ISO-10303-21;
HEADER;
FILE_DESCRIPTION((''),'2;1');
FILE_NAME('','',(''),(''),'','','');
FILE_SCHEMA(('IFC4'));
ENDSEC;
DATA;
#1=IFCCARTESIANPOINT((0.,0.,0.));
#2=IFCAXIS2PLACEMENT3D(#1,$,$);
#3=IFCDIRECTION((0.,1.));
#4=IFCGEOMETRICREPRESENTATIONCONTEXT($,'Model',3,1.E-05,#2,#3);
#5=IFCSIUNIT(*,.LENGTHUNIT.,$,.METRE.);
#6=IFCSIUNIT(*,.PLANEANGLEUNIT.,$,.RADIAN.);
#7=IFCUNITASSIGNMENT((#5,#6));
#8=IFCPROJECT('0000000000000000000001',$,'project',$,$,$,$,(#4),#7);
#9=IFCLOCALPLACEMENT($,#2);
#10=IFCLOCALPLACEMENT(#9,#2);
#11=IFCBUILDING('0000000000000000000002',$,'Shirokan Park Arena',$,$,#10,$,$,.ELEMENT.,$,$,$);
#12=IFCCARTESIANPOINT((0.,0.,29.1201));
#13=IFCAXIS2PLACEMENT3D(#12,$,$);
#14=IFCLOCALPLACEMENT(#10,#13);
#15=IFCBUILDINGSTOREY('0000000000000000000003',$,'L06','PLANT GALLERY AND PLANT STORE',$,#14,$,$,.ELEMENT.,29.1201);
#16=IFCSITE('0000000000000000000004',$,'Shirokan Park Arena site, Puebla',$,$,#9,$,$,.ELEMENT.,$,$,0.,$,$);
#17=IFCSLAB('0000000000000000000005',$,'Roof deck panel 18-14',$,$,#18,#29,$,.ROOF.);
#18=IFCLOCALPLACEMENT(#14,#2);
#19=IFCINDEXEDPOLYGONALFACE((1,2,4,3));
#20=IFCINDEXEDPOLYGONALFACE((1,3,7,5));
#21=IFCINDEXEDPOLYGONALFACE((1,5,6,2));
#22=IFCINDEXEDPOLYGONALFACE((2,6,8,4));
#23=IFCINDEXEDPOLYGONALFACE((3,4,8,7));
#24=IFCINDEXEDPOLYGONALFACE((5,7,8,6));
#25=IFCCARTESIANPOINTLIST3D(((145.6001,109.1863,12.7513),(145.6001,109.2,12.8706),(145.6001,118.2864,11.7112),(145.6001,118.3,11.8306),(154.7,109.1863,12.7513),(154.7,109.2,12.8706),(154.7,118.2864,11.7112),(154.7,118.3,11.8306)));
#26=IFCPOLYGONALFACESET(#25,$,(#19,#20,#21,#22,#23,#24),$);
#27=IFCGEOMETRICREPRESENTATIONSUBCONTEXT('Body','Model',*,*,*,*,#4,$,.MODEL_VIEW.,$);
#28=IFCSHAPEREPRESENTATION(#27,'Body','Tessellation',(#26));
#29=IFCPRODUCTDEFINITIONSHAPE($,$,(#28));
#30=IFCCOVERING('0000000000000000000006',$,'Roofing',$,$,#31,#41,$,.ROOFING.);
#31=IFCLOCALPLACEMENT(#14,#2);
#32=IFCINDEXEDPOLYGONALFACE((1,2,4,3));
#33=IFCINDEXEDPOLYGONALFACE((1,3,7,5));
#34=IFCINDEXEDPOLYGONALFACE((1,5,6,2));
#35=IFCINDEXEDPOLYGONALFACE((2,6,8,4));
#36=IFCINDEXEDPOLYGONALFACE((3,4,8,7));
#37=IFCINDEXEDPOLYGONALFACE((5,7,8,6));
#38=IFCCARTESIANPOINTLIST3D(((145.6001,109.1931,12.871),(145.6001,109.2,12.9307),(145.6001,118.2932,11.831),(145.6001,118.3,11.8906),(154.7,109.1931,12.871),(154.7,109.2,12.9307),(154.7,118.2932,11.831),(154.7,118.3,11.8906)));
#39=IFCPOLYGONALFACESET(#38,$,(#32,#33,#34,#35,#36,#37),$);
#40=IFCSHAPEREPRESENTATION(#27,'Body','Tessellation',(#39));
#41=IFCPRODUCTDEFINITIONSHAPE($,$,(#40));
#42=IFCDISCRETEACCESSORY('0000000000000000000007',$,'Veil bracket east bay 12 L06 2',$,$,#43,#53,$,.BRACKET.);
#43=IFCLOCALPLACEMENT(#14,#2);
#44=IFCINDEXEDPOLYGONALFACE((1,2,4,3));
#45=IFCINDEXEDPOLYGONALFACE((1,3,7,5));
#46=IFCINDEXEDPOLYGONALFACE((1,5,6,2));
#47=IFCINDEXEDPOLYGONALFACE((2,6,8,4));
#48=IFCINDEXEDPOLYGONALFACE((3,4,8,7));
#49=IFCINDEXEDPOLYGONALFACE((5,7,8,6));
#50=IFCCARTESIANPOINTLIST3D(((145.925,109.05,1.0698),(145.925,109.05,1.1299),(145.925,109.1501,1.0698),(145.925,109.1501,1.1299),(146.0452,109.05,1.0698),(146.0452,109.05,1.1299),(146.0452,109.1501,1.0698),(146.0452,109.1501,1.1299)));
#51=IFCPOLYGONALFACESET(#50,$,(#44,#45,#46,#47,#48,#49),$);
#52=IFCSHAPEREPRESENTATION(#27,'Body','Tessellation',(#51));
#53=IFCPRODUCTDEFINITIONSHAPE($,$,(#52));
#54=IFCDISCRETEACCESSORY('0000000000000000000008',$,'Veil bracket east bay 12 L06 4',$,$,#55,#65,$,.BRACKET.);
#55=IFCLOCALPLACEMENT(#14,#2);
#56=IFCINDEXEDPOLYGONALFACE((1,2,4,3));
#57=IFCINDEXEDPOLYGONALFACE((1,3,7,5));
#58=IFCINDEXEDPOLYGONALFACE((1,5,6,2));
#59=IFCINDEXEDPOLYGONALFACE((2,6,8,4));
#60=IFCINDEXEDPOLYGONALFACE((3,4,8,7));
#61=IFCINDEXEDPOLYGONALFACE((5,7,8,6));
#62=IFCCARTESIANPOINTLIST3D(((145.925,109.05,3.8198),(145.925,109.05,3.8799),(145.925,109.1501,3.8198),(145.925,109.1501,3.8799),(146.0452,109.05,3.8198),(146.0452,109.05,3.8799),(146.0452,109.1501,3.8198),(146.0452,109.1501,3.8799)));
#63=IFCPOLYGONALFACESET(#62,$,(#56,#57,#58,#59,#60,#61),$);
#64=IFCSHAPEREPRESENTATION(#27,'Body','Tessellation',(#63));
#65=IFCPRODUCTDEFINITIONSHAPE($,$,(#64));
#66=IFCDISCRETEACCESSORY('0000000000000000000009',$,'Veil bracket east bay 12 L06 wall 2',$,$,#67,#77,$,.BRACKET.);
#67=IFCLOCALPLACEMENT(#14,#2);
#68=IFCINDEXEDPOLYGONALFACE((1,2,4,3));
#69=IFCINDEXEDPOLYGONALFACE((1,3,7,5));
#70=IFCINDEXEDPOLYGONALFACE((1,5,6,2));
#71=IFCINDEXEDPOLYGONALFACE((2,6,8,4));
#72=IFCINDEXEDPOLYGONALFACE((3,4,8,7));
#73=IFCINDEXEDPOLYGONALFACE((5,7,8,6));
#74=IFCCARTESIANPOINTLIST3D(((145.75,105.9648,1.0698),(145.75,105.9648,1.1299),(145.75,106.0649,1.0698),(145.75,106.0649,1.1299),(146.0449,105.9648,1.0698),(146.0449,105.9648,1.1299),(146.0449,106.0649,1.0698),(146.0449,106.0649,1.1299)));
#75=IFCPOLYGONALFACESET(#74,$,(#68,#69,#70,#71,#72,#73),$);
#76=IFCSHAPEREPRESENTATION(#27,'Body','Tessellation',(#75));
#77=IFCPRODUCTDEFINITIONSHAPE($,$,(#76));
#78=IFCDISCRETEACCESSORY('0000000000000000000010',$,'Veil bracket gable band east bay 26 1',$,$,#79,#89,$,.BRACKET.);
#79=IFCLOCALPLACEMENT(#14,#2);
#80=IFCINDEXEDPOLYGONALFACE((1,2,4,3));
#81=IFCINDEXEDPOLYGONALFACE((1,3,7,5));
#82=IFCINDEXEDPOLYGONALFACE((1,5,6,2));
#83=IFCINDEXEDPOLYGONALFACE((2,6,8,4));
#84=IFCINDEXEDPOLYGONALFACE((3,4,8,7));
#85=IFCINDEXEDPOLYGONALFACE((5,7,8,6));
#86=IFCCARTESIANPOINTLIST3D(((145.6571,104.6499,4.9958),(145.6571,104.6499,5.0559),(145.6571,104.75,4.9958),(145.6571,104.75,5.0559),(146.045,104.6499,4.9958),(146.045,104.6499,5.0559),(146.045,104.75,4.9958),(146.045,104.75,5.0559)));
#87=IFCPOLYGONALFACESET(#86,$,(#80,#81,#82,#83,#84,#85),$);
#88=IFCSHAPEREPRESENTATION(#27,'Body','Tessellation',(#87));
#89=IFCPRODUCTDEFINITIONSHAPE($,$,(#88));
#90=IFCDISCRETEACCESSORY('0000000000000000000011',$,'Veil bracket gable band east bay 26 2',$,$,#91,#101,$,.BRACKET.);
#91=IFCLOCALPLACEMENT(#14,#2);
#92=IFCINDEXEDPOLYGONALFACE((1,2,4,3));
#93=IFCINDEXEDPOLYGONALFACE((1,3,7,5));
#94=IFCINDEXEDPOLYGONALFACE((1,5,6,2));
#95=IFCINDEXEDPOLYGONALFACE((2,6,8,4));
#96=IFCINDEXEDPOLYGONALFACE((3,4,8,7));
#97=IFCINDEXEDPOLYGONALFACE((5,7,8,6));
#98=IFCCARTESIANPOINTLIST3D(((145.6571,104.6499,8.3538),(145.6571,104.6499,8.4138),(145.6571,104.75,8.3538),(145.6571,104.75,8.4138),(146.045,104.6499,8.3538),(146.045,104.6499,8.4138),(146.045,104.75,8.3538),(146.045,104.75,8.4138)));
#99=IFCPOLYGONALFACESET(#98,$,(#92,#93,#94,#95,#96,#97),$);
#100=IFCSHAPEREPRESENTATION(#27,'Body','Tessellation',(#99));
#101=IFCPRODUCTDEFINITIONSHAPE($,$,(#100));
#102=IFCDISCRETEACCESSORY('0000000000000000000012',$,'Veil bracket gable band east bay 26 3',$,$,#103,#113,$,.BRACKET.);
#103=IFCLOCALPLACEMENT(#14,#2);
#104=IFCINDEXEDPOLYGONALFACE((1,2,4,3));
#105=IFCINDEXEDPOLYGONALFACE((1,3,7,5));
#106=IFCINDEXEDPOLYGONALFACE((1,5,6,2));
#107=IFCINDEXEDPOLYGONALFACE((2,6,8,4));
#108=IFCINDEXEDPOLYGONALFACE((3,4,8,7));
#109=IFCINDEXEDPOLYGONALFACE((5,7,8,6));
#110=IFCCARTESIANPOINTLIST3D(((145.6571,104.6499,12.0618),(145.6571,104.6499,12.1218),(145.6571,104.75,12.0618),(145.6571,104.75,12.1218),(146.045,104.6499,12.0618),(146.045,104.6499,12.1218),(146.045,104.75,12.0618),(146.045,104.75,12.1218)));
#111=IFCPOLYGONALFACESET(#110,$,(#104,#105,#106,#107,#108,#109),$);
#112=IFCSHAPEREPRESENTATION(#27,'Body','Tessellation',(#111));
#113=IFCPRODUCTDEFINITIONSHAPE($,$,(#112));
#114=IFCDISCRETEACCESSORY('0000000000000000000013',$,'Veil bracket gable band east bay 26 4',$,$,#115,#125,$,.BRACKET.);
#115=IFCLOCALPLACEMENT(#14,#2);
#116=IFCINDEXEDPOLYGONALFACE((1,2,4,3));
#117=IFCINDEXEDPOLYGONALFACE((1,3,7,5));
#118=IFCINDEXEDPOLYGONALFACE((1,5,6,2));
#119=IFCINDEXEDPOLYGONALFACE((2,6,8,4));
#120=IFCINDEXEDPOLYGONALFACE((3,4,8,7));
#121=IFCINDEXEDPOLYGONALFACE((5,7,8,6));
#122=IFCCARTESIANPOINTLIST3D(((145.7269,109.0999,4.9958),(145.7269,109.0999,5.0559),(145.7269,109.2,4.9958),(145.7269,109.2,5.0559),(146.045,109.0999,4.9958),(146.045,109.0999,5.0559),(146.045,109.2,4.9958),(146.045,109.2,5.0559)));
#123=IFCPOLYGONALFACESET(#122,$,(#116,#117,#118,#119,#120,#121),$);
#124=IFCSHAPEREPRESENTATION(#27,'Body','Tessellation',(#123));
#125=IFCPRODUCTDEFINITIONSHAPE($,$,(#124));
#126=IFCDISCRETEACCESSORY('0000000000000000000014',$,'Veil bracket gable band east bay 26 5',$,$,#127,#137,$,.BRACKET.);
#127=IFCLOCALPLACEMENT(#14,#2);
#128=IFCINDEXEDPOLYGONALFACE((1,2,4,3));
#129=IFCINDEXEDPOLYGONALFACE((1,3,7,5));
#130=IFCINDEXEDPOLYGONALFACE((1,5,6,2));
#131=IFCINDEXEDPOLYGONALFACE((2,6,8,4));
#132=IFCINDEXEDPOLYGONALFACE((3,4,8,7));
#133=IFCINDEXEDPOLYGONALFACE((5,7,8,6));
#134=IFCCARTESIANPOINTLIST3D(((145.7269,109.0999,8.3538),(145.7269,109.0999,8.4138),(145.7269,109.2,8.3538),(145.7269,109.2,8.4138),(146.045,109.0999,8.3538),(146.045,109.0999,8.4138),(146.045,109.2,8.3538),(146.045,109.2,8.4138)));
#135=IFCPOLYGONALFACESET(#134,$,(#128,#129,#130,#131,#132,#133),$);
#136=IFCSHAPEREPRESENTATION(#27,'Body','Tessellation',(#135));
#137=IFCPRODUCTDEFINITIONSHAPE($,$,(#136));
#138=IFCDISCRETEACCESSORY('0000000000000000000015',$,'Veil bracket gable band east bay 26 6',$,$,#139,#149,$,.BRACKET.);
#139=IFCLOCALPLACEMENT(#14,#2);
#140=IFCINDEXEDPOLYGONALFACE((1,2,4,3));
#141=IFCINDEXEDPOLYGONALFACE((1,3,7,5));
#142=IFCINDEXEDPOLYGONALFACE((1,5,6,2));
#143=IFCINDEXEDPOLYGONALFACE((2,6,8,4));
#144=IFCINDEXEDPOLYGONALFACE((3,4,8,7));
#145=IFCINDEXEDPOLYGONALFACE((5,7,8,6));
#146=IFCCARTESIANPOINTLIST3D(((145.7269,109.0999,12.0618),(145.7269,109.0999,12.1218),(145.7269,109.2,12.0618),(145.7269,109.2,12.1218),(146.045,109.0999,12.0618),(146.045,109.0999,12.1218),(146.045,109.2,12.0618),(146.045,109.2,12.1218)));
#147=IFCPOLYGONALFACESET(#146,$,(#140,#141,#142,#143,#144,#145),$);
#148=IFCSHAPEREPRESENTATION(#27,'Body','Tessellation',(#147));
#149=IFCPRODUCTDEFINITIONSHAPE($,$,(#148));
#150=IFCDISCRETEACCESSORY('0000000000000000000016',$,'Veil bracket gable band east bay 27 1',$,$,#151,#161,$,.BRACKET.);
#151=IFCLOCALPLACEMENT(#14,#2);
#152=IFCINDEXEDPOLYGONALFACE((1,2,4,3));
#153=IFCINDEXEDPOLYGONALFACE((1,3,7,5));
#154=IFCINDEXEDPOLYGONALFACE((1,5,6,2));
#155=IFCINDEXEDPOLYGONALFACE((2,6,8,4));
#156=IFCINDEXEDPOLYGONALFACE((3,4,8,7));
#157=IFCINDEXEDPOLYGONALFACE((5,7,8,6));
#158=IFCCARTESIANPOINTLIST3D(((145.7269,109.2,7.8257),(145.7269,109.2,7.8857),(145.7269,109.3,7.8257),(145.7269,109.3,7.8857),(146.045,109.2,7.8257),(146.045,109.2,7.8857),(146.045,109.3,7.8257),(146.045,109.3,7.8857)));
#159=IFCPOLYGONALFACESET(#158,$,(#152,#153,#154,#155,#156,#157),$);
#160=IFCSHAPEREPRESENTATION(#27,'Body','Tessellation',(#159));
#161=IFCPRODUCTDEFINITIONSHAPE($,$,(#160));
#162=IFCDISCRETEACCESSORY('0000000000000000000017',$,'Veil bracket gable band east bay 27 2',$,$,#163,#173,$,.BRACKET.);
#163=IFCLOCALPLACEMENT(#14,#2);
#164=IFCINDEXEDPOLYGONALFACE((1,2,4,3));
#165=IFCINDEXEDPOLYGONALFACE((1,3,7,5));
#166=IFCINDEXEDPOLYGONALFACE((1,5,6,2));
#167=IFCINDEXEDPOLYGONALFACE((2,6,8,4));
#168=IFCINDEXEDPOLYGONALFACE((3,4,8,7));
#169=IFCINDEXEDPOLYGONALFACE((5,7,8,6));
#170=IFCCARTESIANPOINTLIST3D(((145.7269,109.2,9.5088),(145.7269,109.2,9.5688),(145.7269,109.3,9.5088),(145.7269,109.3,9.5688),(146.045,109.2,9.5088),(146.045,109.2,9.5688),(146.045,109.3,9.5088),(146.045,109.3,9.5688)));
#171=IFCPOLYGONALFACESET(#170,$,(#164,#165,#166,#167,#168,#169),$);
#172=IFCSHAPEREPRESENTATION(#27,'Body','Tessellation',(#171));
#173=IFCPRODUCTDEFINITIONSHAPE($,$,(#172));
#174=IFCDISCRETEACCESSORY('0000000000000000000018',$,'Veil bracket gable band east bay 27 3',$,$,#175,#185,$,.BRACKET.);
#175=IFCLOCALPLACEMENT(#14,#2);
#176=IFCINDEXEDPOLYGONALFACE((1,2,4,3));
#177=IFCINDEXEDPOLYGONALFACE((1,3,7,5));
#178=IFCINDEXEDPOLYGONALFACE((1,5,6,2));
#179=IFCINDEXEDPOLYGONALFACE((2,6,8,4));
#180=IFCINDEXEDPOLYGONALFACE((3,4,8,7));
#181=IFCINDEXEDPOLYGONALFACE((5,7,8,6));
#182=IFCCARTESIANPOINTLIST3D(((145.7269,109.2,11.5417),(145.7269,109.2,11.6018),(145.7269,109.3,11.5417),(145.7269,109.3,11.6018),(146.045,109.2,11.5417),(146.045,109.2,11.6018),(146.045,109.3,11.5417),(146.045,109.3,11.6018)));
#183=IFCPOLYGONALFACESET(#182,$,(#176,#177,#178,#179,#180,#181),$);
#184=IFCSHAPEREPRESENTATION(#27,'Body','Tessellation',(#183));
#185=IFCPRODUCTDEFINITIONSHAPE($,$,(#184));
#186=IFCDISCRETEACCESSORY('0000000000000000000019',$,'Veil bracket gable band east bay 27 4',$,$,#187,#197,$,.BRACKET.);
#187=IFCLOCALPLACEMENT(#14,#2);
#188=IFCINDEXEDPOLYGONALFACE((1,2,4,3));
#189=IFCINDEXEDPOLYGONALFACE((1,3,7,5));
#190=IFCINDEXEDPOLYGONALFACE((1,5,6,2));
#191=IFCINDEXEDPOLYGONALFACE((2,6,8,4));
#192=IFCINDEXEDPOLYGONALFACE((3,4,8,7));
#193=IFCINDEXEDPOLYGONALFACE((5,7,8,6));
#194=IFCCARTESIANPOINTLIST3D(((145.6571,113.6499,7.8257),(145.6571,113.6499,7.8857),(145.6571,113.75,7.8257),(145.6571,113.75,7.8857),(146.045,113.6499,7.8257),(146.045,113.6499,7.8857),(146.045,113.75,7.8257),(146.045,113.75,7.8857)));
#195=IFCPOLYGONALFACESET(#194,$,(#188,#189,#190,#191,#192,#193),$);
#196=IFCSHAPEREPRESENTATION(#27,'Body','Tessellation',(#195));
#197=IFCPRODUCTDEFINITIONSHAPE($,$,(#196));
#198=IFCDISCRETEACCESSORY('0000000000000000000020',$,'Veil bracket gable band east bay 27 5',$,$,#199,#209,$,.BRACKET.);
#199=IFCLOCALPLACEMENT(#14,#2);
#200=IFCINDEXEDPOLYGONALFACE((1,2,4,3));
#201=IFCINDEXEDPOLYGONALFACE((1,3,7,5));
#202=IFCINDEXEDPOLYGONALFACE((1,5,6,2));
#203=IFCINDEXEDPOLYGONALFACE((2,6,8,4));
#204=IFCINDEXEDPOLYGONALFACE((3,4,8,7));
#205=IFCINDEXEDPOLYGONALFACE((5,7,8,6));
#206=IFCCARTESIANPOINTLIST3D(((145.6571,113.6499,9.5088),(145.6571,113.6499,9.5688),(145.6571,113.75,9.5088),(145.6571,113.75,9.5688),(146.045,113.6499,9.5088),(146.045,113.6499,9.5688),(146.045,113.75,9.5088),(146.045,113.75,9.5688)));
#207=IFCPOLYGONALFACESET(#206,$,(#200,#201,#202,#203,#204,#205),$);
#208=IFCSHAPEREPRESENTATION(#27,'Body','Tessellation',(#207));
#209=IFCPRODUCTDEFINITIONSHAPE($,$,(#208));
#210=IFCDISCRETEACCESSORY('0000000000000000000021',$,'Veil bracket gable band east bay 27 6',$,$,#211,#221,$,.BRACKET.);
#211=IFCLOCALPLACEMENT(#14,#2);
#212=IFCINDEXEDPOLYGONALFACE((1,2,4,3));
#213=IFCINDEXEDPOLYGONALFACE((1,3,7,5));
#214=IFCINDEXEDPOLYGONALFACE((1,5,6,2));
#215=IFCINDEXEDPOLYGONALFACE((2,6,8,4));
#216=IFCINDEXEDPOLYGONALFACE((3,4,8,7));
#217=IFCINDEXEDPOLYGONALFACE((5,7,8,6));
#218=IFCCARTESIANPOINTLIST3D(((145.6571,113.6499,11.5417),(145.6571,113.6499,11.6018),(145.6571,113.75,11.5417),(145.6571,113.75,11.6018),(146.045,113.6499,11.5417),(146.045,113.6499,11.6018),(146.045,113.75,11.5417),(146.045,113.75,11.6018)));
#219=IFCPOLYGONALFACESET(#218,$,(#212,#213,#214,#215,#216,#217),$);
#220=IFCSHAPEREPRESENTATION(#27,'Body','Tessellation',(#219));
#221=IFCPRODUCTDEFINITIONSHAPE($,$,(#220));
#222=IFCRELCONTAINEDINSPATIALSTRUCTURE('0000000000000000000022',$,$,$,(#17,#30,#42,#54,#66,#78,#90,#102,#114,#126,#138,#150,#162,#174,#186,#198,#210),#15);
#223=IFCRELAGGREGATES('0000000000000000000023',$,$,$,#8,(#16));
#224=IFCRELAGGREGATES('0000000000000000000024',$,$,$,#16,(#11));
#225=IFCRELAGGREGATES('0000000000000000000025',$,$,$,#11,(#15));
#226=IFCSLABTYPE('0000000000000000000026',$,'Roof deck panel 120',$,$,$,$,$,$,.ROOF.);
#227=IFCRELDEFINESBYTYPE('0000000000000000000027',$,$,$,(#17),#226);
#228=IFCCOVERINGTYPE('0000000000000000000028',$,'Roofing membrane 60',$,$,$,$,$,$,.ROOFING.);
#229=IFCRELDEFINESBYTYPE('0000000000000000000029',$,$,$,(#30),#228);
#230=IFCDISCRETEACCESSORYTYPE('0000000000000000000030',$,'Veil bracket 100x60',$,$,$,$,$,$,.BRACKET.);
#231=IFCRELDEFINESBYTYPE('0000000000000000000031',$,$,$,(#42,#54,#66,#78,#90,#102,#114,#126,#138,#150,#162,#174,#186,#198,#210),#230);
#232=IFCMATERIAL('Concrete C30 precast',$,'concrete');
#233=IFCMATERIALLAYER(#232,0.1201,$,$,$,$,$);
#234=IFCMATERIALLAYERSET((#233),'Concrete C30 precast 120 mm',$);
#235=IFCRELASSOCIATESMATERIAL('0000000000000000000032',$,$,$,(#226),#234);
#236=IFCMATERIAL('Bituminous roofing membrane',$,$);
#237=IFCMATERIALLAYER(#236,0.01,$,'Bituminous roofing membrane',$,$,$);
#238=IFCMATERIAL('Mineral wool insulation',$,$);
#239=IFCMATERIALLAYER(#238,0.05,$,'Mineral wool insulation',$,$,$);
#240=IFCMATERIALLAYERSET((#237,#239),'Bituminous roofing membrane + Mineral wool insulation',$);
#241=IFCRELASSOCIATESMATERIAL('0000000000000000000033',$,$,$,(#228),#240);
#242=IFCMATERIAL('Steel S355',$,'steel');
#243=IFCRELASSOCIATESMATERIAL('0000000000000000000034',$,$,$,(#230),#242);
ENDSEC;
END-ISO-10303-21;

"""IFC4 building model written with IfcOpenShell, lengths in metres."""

from ifc_helpers import new_model, si_unit, direction, frame, origin, origin_2d, place, context, subcontext, project, spatial, polyline, rectangle, outline, extrude, material, layer, layer_set, type_object, element, save


model = new_model("IFC4")

# Units and contexts
model_context = context("Model", 3, precision=1e-05, world=origin(), true_north=direction((0.0, 1.0)))
body_context = subcontext(model_context, "Body", "Model", "MODEL_VIEW")
ifc_project = project(units=[si_unit("LENGTHUNIT", "METRE"), si_unit("PLANEANGLEUNIT", "RADIAN")], contexts=[model_context])

# Site, building, storey
site_placement = place(None, origin())
site = spatial("IfcSite", under=ifc_project, at=site_placement, Name="Shirokan Park Arena site, Puebla", CompositionType="ELEMENT", RefElevation=0.0)
building_placement = place(site_placement, origin())
building = spatial("IfcBuilding", under=site, at=building_placement, Name="Shirokan Park Arena", CompositionType="ELEMENT")
storey_placement = place(building_placement, frame((0.0, 0.0, 29.1201)))
storey = spatial("IfcBuildingStorey", under=building, at=storey_placement, Name="L06", Description="PLANT GALLERY AND PLANT STORE", CompositionType="ELEMENT", Elevation=29.1201)

# Slab
ifc_material_1 = material(Name="Concrete C30 precast", Category="concrete")
ifc_layer_1 = layer(ifc_material_1, 0.1201)
ifc_layer_set_1 = layer_set([ifc_layer_1], Name="Concrete C30 precast 120 mm")
slab_type = type_object("IfcSlabType", Name="Roof deck panel 120", PredefinedType="ROOF", material=ifc_layer_set_1)
slab_placement = place(storey_placement, frame((145.6001, 109.2, 12.8706), z_axis=(0.0, 0.11355, 0.993532), x_axis=(1.0, 0.0, 0.0)))
element("IfcSlab", 1, at=slab_placement, inside=storey, type_object=slab_type, Name="Roof deck panel 18-14", PredefinedType="ROOF", context=body_context, shape_type="SweptSolid", body=[
    extrude(outline(polyline([(0.0, 0.0), (9.0999, 0.0), (9.0999, 9.1593), (0.0, 9.1593), (0.0, 0.0)])), origin(), (0.0, 0.0, -1.0), 0.1201),
])

# Covering
ifc_material_2 = material(Name="Bituminous roofing membrane")
ifc_layer_2 = layer(ifc_material_2, 0.01, Name="Bituminous roofing membrane")
ifc_material_3 = material(Name="Mineral wool insulation")
ifc_layer_3 = layer(ifc_material_3, 0.05, Name="Mineral wool insulation")
ifc_layer_set_2 = layer_set([ifc_layer_2, ifc_layer_3], Name="Bituminous roofing membrane + Mineral wool insulation")
covering_type = type_object("IfcCoveringType", Name="Roofing membrane 60", PredefinedType="ROOFING", material=ifc_layer_set_2)
covering_placement = place(storey_placement, frame((145.6001, 109.2, 12.9307), z_axis=(0.0, 0.11355, 0.993532), x_axis=(1.0, 0.0, 0.0)))
element("IfcCovering", 2, at=covering_placement, inside=storey, type_object=covering_type, Name="Roofing", PredefinedType="ROOFING", context=body_context, shape_type="SweptSolid", body=[
    extrude(outline(polyline([(0.0, 0.0), (9.0999, 0.0), (9.0999, 9.1593), (0.0, 9.1593), (0.0, 0.0)])), origin(), (0.0, 0.0, -1.0), 0.0601),
])

# Discrete accessories
ifc_material_4 = material(Name="Steel S355", Category="steel")
discrete_accessory_type = type_object("IfcDiscreteAccessoryType", Name="Veil bracket 100x60", PredefinedType="BRACKET", material=ifc_material_4)
for number, where, z_axis, x_axis, name in (
    (3, (145.9851, 109.1001, 1.0698), (0.0, 0.0, 1.0), (0.0, 1.0, 0.0), "Veil bracket east bay 12 L06 2"),
    (4, (145.9851, 109.1001, 3.8198), (0.0, 0.0, 1.0), (0.0, 1.0, 0.0), "Veil bracket east bay 12 L06 4"),
):
    element("IfcDiscreteAccessory", number, at=place(storey_placement, frame(where, z_axis=z_axis, x_axis=x_axis)), inside=storey, type_object=discrete_accessory_type, Name=name, PredefinedType="BRACKET", context=body_context, shape_type="SweptSolid", body=[
        extrude(rectangle(XDim=0.1001, YDim=0.1201, at=origin_2d()), origin(), (0.0, 0.0, 1.0), 0.0601),
    ])
discrete_accessory_placement = place(storey_placement, frame((145.8975, 106.0149, 1.0698), z_axis=(0.0, 0.0, 1.0), x_axis=(0.0, 1.0, 0.0)))
element("IfcDiscreteAccessory", 5, at=discrete_accessory_placement, inside=storey, type_object=discrete_accessory_type, Name="Veil bracket east bay 12 L06 wall 2", PredefinedType="BRACKET", context=body_context, shape_type="SweptSolid", body=[
    extrude(rectangle(XDim=0.1001, YDim=0.2949, at=origin_2d()), origin(), (0.0, 0.0, 1.0), 0.0601),
])
for number, where, z_axis, x_axis, name in (
    (6, (145.8511, 104.7, 4.9958), (0.0, 0.0, 1.0), (1.0, 0.0, 0.0), "Veil bracket gable band east bay 26 1"),
    (7, (145.8511, 104.7, 8.3538), (0.0, 0.0, 1.0), (1.0, 0.0, 0.0), "Veil bracket gable band east bay 26 2"),
    (8, (145.8511, 104.7, 12.0618), (0.0, 0.0, 1.0), (1.0, 0.0, 0.0), "Veil bracket gable band east bay 26 3"),
):
    element("IfcDiscreteAccessory", number, at=place(storey_placement, frame(where, z_axis=z_axis, x_axis=x_axis)), inside=storey, type_object=discrete_accessory_type, Name=name, PredefinedType="BRACKET", context=body_context, shape_type="SweptSolid", body=[
        extrude(rectangle(XDim=0.3879, YDim=0.1001, at=origin_2d()), origin(), (0.0, 0.0, 1.0), 0.0601),
    ])
for number, where, z_axis, x_axis, name in (
    (9, (145.886, 109.1499, 4.9958), (0.0, 0.0, 1.0), (1.0, 0.0, 0.0), "Veil bracket gable band east bay 26 4"),
    (10, (145.886, 109.1499, 8.3538), (0.0, 0.0, 1.0), (1.0, 0.0, 0.0), "Veil bracket gable band east bay 26 5"),
    (11, (145.886, 109.1499, 12.0618), (0.0, 0.0, 1.0), (1.0, 0.0, 0.0), "Veil bracket gable band east bay 26 6"),
    (12, (145.886, 109.25, 7.8257), (0.0, 0.0, 1.0), (1.0, 0.0, 0.0), "Veil bracket gable band east bay 27 1"),
    (13, (145.886, 109.25, 9.5088), (0.0, 0.0, 1.0), (1.0, 0.0, 0.0), "Veil bracket gable band east bay 27 2"),
    (14, (145.886, 109.25, 11.5417), (0.0, 0.0, 1.0), (1.0, 0.0, 0.0), "Veil bracket gable band east bay 27 3"),
):
    element("IfcDiscreteAccessory", number, at=place(storey_placement, frame(where, z_axis=z_axis, x_axis=x_axis)), inside=storey, type_object=discrete_accessory_type, Name=name, PredefinedType="BRACKET", context=body_context, shape_type="SweptSolid", body=[
        extrude(rectangle(XDim=0.3181, YDim=0.1001, at=origin_2d()), origin(), (0.0, 0.0, 1.0), 0.0601),
    ])
for number, where, z_axis, x_axis, name in (
    (15, (145.8511, 113.7, 7.8257), (0.0, 0.0, 1.0), (1.0, 0.0, 0.0), "Veil bracket gable band east bay 27 4"),
    (16, (145.8511, 113.7, 9.5088), (0.0, 0.0, 1.0), (1.0, 0.0, 0.0), "Veil bracket gable band east bay 27 5"),
    (17, (145.8511, 113.7, 11.5417), (0.0, 0.0, 1.0), (1.0, 0.0, 0.0), "Veil bracket gable band east bay 27 6"),
):
    element("IfcDiscreteAccessory", number, at=place(storey_placement, frame(where, z_axis=z_axis, x_axis=x_axis)), inside=storey, type_object=discrete_accessory_type, Name=name, PredefinedType="BRACKET", context=body_context, shape_type="SweptSolid", body=[
        extrude(rectangle(XDim=0.3879, YDim=0.1001, at=origin_2d()), origin(), (0.0, 0.0, 1.0), 0.0601),
    ])

save(model, "model.ifc")
